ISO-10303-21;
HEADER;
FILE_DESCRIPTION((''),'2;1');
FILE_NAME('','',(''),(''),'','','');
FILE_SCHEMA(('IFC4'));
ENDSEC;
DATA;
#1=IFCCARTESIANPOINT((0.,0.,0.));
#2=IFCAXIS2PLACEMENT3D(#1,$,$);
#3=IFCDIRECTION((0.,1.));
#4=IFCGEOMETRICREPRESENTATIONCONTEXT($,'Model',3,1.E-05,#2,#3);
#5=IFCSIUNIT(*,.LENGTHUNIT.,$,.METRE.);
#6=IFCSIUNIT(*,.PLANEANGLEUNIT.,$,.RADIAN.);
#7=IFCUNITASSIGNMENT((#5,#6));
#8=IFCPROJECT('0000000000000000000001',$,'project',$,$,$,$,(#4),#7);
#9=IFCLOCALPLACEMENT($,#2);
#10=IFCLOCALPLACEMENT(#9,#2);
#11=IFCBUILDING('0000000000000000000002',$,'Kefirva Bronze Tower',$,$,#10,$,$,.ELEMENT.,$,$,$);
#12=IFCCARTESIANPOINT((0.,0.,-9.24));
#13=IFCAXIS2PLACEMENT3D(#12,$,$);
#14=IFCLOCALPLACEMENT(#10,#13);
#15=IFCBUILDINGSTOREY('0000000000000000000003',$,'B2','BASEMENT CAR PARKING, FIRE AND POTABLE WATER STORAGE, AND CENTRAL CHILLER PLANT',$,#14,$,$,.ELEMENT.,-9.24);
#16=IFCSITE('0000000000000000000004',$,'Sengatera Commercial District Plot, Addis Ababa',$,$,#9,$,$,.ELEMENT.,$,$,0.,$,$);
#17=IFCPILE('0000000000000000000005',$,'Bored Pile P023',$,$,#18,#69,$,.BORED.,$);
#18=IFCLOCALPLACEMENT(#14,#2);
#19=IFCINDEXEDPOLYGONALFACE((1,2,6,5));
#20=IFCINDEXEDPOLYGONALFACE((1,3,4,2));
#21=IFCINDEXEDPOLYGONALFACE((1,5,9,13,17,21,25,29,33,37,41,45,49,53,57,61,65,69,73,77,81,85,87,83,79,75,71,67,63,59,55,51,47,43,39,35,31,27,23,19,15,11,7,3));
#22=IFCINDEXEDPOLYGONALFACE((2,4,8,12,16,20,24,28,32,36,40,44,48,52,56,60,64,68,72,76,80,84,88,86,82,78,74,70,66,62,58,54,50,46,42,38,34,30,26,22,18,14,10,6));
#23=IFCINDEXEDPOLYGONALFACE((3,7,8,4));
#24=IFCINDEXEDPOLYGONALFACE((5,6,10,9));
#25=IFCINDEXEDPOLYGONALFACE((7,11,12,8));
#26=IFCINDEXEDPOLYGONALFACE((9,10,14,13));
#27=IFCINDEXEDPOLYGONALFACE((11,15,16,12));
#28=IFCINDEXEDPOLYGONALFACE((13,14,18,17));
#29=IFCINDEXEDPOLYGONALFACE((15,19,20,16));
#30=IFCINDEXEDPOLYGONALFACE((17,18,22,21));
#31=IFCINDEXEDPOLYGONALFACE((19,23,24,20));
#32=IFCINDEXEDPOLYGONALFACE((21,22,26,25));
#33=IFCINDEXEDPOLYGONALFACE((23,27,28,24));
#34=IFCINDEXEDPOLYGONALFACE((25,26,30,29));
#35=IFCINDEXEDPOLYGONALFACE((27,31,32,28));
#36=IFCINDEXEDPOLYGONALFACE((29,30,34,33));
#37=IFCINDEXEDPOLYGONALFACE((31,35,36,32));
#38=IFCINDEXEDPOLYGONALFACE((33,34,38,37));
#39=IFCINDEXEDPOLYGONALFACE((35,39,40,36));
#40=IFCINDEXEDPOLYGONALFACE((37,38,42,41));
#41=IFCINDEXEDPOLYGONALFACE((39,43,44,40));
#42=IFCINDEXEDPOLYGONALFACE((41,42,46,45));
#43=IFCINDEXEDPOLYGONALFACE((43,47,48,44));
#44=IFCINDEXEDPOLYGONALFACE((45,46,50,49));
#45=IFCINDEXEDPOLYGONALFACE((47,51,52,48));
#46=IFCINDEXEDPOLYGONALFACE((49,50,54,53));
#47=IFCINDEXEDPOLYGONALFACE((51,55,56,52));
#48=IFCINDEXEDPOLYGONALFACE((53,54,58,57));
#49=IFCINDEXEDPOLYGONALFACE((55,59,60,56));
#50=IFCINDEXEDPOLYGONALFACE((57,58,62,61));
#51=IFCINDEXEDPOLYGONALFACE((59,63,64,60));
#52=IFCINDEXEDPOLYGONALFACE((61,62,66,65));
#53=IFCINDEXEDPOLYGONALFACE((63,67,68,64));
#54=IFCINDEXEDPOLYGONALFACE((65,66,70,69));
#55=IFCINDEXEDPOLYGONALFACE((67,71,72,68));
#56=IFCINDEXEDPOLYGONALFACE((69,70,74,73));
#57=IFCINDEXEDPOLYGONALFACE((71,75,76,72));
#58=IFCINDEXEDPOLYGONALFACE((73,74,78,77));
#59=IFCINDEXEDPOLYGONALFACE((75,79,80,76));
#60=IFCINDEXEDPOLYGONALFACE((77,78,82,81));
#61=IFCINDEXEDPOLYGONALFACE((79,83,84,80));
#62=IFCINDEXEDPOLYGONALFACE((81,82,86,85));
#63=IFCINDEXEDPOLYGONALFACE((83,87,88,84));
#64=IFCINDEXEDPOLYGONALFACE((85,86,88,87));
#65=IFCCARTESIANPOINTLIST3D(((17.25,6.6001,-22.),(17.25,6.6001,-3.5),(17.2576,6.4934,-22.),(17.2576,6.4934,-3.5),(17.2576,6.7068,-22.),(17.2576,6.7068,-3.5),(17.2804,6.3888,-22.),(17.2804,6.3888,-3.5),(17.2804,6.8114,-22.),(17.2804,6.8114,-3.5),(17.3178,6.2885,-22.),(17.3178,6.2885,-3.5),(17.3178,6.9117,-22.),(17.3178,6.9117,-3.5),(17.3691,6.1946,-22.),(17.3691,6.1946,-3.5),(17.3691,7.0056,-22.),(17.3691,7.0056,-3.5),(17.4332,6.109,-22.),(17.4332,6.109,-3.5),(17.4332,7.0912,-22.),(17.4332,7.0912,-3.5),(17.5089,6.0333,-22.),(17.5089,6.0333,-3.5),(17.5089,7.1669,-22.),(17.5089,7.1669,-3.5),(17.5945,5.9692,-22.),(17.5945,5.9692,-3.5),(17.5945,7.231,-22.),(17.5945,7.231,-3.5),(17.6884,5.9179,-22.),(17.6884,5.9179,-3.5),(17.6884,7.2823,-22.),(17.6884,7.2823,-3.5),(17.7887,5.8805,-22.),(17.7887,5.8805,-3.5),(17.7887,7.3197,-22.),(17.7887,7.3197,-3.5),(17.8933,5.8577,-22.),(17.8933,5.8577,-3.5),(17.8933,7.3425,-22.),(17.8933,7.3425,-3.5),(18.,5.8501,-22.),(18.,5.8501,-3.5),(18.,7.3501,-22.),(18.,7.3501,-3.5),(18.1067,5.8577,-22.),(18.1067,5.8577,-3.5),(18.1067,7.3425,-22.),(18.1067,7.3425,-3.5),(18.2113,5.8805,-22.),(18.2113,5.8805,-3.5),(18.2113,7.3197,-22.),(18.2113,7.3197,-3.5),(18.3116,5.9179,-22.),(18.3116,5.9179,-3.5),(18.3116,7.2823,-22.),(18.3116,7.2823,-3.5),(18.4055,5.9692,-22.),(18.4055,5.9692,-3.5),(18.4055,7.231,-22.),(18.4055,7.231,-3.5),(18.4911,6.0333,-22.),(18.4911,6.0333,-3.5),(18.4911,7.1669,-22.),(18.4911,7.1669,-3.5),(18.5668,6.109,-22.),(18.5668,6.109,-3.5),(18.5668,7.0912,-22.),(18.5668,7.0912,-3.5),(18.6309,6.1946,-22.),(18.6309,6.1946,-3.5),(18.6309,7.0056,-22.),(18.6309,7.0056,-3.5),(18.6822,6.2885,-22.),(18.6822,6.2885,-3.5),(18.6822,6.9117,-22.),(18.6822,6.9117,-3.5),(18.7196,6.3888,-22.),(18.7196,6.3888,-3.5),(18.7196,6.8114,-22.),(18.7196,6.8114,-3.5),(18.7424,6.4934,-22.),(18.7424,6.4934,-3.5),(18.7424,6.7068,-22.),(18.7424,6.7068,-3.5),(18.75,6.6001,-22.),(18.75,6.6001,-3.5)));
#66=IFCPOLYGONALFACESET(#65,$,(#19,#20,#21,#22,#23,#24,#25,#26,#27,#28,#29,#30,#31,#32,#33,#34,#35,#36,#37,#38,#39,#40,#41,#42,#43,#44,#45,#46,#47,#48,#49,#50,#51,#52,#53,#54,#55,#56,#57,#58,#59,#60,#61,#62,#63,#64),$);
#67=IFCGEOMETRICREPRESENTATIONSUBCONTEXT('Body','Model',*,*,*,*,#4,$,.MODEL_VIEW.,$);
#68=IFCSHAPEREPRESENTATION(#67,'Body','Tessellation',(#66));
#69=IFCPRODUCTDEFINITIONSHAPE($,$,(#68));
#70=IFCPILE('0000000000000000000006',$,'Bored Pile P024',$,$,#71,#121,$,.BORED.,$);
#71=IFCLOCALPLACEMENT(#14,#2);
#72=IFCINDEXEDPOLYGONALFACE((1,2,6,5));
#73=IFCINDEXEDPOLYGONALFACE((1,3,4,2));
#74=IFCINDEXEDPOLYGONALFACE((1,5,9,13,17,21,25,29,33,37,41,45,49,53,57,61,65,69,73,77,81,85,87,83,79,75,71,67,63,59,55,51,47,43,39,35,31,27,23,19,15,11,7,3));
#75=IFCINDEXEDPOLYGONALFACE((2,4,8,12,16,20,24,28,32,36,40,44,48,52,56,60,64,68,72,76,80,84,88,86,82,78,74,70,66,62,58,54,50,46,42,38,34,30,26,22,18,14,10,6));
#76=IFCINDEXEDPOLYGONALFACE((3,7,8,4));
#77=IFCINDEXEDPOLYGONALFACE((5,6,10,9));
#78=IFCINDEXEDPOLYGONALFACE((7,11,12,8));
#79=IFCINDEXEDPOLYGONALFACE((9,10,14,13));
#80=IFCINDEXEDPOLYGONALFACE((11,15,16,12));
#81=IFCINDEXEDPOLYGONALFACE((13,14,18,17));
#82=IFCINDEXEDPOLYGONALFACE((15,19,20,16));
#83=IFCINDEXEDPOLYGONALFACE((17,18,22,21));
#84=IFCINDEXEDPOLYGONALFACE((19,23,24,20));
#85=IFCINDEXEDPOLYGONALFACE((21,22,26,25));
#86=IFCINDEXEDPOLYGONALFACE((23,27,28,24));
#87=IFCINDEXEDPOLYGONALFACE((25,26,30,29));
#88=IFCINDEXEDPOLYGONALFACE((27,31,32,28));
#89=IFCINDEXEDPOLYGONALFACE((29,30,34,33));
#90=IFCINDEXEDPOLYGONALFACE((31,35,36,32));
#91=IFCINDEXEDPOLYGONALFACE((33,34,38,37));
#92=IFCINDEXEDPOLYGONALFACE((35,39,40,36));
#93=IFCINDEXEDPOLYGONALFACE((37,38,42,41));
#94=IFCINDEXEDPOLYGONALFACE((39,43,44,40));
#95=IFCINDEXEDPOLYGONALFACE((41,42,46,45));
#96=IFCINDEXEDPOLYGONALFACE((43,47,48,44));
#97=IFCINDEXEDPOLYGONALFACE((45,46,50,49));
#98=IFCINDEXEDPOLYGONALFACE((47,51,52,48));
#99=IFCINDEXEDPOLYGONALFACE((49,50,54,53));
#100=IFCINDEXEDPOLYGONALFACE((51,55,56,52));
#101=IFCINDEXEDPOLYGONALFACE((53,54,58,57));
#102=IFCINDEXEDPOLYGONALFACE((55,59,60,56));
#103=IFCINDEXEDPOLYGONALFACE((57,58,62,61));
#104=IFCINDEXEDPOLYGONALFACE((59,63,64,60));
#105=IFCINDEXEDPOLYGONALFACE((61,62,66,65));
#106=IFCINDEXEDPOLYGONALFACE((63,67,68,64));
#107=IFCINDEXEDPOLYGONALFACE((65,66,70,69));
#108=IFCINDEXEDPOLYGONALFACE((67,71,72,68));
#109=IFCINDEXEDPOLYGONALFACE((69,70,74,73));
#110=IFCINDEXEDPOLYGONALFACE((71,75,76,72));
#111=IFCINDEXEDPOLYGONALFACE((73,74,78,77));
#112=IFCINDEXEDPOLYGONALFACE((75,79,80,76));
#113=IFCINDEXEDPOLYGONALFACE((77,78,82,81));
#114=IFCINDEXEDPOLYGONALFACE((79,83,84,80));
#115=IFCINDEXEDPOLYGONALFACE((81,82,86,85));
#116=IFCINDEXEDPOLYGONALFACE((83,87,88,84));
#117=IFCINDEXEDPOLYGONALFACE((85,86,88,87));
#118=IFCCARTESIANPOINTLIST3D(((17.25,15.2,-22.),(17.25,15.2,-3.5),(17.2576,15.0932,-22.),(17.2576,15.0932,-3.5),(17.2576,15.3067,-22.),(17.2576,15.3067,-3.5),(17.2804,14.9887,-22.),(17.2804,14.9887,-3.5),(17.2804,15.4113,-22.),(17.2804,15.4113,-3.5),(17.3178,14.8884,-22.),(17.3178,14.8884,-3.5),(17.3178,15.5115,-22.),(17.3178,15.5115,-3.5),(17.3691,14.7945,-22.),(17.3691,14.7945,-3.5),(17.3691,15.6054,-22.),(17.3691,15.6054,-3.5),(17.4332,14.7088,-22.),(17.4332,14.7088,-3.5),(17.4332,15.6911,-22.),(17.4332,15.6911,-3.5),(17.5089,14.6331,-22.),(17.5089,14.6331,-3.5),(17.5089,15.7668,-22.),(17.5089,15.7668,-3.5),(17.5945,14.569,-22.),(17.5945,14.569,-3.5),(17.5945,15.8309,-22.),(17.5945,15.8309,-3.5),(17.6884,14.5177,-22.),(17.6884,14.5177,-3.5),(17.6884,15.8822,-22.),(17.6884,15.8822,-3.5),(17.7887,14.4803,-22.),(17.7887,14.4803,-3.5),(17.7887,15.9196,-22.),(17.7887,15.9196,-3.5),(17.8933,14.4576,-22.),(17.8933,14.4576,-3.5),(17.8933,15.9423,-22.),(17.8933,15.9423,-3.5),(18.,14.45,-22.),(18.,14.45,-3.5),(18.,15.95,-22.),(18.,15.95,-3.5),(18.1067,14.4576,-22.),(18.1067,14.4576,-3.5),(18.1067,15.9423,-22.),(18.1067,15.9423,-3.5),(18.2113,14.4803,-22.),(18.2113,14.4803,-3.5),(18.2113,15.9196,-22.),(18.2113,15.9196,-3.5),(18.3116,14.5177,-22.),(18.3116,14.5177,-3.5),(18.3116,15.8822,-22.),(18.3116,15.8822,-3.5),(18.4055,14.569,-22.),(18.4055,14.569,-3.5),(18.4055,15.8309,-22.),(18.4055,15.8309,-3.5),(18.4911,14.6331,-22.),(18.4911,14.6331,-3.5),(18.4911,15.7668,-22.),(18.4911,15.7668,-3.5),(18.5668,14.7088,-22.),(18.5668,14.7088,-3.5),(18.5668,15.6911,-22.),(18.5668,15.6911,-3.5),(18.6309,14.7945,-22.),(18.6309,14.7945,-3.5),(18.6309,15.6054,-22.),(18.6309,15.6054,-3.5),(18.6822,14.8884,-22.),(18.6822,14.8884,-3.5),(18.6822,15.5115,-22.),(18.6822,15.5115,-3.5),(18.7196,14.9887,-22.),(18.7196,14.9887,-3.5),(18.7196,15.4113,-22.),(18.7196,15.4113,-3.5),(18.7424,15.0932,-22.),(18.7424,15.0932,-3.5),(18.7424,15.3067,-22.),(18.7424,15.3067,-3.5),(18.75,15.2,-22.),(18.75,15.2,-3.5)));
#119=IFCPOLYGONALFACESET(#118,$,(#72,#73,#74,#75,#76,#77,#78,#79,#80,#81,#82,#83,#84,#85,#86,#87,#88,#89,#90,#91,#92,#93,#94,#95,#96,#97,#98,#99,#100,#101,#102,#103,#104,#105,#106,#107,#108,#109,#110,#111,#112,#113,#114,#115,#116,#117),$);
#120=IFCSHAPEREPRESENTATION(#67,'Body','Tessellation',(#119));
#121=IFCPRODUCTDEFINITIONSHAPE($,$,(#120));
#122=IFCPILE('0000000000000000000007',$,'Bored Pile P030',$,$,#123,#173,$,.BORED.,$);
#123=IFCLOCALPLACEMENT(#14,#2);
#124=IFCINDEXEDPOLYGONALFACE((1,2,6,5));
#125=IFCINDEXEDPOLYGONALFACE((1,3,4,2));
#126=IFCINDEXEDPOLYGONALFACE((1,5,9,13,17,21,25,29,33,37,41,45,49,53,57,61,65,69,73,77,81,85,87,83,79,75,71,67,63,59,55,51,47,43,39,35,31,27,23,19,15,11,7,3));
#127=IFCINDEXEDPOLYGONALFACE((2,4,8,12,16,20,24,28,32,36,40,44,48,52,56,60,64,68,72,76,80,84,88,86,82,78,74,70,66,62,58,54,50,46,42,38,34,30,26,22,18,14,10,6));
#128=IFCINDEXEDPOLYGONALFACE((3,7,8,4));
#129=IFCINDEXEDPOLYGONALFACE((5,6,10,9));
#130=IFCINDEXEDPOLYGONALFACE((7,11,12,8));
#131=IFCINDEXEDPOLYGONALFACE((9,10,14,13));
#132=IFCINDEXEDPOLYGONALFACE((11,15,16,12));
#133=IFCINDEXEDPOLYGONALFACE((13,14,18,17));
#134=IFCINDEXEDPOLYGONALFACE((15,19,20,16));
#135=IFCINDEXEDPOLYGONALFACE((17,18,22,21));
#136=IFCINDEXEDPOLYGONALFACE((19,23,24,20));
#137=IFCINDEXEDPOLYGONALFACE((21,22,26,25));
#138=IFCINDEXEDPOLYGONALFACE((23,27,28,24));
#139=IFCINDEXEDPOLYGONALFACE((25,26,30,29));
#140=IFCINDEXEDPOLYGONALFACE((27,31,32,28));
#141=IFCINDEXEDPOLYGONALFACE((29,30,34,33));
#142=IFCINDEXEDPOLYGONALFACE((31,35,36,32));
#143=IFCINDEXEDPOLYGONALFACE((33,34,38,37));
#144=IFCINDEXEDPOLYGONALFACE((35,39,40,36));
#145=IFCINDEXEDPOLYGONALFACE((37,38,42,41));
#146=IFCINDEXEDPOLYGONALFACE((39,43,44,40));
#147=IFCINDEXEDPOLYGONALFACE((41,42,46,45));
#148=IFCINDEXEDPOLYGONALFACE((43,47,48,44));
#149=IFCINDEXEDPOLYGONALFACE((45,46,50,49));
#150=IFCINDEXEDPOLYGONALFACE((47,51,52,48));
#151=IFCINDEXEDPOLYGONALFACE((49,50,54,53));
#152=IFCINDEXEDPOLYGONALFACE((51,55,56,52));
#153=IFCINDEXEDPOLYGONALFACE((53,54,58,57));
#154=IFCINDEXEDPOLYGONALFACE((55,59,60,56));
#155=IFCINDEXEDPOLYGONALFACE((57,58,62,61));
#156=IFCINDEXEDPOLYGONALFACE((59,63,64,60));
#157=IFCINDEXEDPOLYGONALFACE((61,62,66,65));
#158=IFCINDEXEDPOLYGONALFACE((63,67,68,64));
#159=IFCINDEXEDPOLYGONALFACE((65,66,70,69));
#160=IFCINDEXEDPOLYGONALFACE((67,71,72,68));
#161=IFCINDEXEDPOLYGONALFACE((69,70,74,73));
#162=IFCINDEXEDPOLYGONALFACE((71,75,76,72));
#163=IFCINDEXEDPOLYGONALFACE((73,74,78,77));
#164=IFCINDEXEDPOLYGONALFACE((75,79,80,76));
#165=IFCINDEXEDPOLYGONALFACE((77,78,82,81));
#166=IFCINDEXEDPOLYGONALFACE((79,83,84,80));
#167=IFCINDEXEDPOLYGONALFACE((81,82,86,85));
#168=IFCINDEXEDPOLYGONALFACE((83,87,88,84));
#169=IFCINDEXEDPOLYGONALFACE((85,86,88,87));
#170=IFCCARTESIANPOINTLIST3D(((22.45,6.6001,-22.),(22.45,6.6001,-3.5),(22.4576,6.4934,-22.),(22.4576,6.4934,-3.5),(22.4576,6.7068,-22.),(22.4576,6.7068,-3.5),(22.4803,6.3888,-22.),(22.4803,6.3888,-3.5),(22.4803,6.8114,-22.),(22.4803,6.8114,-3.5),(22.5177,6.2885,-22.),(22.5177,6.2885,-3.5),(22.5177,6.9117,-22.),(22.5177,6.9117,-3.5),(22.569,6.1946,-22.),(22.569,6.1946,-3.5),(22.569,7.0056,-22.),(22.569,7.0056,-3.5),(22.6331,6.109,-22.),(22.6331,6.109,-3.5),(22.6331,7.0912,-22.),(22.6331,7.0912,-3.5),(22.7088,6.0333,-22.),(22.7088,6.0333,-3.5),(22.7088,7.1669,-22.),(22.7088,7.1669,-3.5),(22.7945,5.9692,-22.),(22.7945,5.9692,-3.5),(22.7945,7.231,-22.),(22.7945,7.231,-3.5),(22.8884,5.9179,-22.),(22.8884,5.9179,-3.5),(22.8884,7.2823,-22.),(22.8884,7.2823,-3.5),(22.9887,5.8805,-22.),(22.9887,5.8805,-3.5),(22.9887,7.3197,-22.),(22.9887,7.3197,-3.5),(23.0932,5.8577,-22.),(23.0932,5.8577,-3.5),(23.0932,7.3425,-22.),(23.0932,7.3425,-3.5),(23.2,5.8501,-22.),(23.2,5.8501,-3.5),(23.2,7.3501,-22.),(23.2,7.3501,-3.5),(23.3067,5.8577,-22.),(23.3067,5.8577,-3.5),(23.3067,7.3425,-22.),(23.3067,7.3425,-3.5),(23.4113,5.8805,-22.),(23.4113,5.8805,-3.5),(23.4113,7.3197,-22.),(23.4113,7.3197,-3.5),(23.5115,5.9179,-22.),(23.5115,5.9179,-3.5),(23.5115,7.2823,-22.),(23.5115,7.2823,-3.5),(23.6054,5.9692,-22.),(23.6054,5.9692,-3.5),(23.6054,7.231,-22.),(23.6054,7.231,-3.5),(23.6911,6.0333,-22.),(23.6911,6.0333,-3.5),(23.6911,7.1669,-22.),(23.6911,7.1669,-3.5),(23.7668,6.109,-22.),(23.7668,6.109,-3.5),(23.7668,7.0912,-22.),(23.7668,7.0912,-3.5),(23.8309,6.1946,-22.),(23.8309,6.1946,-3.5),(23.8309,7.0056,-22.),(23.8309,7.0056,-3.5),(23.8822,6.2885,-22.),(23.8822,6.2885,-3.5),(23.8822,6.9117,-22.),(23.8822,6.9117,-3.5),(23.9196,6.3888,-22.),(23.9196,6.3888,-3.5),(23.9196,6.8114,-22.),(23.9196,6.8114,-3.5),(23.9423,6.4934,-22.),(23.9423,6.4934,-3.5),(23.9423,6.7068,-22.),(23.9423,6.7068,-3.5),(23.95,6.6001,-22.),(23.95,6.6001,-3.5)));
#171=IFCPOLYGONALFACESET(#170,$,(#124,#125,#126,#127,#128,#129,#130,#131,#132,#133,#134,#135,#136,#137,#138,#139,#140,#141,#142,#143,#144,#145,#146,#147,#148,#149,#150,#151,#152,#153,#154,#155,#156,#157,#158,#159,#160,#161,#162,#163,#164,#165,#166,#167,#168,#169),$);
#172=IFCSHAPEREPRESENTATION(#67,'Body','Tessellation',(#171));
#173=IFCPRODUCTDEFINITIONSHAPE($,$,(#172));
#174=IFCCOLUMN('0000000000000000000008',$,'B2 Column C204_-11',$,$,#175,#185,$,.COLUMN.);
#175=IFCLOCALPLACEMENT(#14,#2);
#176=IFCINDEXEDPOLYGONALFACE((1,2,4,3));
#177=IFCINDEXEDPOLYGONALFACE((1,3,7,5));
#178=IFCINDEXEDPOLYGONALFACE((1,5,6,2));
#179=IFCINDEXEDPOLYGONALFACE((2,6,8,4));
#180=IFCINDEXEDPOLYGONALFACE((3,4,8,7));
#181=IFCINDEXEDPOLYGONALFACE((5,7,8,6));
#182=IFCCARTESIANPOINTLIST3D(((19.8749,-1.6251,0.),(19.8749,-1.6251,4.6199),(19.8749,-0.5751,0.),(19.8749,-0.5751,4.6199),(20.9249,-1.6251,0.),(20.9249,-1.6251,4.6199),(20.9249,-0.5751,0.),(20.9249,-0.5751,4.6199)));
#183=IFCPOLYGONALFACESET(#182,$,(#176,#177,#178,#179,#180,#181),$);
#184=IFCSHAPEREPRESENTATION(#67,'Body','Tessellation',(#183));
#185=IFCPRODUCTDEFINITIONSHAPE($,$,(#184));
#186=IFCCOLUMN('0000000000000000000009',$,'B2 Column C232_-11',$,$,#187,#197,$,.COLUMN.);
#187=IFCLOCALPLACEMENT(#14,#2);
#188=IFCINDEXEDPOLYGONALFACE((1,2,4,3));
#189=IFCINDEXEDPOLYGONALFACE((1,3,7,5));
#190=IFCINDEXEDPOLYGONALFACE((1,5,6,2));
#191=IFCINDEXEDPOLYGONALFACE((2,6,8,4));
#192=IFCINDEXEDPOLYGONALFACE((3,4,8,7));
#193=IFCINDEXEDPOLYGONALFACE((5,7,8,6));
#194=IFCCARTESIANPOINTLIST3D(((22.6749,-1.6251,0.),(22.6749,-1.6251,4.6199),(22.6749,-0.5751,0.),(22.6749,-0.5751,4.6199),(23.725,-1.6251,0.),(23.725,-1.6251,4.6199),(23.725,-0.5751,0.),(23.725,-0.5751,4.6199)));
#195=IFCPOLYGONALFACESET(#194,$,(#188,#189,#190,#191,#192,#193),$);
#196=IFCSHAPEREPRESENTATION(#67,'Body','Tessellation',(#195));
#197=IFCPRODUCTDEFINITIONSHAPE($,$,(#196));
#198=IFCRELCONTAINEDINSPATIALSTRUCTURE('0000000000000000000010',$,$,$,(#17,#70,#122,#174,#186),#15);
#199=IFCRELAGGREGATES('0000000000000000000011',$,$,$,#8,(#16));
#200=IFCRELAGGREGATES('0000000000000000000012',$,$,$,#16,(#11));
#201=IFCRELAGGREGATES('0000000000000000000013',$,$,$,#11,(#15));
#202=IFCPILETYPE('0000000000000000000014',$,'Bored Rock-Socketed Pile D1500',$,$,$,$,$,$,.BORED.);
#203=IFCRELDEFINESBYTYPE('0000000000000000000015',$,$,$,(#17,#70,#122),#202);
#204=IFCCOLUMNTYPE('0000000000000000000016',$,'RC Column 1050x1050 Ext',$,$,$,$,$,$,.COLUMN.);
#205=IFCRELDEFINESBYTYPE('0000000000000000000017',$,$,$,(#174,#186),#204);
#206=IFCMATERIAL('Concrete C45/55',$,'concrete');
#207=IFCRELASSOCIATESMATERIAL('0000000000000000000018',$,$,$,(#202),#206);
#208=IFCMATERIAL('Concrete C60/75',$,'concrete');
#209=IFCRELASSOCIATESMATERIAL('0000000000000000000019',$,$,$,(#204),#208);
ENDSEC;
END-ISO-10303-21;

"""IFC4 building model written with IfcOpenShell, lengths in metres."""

from ifc_helpers import new_model, si_unit, direction, frame, origin, origin_2d, place, context, subcontext, project, spatial, rectangle, circle, extrude, material, material_profile, profile_set, type_object, element, save


model = new_model("IFC4")

# Units and contexts
model_context = context("Model", 3, precision=1e-05, world=origin(), true_north=direction((0.0, 1.0)))
body_context = subcontext(model_context, "Body", "Model", "MODEL_VIEW")
ifc_project = project(units=[si_unit("LENGTHUNIT", "METRE"), si_unit("PLANEANGLEUNIT", "RADIAN")], contexts=[model_context])

# Site, building, storey
site_placement = place(None, origin())
site = spatial("IfcSite", under=ifc_project, at=site_placement, Name="Sengatera Commercial District Plot, Addis Ababa", CompositionType="ELEMENT", RefElevation=0.0)
building_placement = place(site_placement, origin())
building = spatial("IfcBuilding", under=site, at=building_placement, Name="Kefirva Bronze Tower", CompositionType="ELEMENT")
storey_placement = place(building_placement, frame((0.0, 0.0, -9.24)))
storey = spatial("IfcBuildingStorey", under=building, at=storey_placement, Name="B2", Description="BASEMENT CAR PARKING, FIRE AND POTABLE WATER STORAGE, AND CENTRAL CHILLER PLANT", CompositionType="ELEMENT", Elevation=-9.24)

# Piles
ifc_material_1 = material(Name="Concrete C45/55", Category="concrete")
ifc_material_profile_1 = material_profile(ifc_material_1, circle(Radius=0.75, at=origin_2d()), Name="BORED PILE D1500")
ifc_profile_set_1 = profile_set([ifc_material_profile_1], Name="Concrete C45/55")
pile_type_1 = type_object("IfcPileType", Name="Bored Rock-Socketed Pile D1500", PredefinedType="BORED", material=ifc_profile_set_1)
for number, where, z_axis, x_axis, name in (
    (1, (18.0, 6.6001, -3.5), (0.0, 0.0, -1.0), (1.0, 0.0, 0.0), "Bored Pile P023"),
    (2, (18.0, 15.2, -3.5), (0.0, 0.0, -1.0), (1.0, 0.0, 0.0), "Bored Pile P024"),
    (3, (23.2, 6.6001, -3.5), (0.0, 0.0, -1.0), (1.0, 0.0, 0.0), "Bored Pile P030"),
):
    element("IfcPile", number, at=place(storey_placement, frame(where, z_axis=z_axis, x_axis=x_axis)), inside=storey, type_object=pile_type_1, Name=name, PredefinedType="BORED", context=body_context, shape_type="SweptSolid", body=[
        extrude(circle(Radius=0.75, at=origin_2d()), origin(), (0.0, 0.0, 1.0), 18.5),
    ])

# Columns
ifc_material_2 = material(Name="Concrete C60/75", Category="concrete")
ifc_material_profile_2 = material_profile(ifc_material_2, rectangle(XDim=1.05, YDim=1.05, at=origin_2d()), Name="RC 1050x1050")
ifc_profile_set_2 = profile_set([ifc_material_profile_2], Name="Concrete C60/75")
column_type_1 = type_object("IfcColumnType", Name="RC Column 1050x1050 Ext", PredefinedType="COLUMN", material=ifc_profile_set_2)
for number, where, z_axis, x_axis, name in (
    (4, (20.3999, -1.1001, 0.0), (0.0, 0.0, 1.0), (1.0, 0.0, 0.0), "B2 Column C204_-11"),
    (5, (23.2, -1.1001, 0.0), (0.0, 0.0, 1.0), (1.0, 0.0, 0.0), "B2 Column C232_-11"),
):
    element("IfcColumn", number, at=place(storey_placement, frame(where, z_axis=z_axis, x_axis=x_axis)), inside=storey, type_object=column_type_1, Name=name, PredefinedType="COLUMN", context=body_context, shape_type="SweptSolid", body=[
        extrude(rectangle(XDim=1.05, YDim=1.05, at=origin_2d()), origin(), (0.0, 0.0, 1.0), 4.6199),
    ])

save(model, "model.ifc")
